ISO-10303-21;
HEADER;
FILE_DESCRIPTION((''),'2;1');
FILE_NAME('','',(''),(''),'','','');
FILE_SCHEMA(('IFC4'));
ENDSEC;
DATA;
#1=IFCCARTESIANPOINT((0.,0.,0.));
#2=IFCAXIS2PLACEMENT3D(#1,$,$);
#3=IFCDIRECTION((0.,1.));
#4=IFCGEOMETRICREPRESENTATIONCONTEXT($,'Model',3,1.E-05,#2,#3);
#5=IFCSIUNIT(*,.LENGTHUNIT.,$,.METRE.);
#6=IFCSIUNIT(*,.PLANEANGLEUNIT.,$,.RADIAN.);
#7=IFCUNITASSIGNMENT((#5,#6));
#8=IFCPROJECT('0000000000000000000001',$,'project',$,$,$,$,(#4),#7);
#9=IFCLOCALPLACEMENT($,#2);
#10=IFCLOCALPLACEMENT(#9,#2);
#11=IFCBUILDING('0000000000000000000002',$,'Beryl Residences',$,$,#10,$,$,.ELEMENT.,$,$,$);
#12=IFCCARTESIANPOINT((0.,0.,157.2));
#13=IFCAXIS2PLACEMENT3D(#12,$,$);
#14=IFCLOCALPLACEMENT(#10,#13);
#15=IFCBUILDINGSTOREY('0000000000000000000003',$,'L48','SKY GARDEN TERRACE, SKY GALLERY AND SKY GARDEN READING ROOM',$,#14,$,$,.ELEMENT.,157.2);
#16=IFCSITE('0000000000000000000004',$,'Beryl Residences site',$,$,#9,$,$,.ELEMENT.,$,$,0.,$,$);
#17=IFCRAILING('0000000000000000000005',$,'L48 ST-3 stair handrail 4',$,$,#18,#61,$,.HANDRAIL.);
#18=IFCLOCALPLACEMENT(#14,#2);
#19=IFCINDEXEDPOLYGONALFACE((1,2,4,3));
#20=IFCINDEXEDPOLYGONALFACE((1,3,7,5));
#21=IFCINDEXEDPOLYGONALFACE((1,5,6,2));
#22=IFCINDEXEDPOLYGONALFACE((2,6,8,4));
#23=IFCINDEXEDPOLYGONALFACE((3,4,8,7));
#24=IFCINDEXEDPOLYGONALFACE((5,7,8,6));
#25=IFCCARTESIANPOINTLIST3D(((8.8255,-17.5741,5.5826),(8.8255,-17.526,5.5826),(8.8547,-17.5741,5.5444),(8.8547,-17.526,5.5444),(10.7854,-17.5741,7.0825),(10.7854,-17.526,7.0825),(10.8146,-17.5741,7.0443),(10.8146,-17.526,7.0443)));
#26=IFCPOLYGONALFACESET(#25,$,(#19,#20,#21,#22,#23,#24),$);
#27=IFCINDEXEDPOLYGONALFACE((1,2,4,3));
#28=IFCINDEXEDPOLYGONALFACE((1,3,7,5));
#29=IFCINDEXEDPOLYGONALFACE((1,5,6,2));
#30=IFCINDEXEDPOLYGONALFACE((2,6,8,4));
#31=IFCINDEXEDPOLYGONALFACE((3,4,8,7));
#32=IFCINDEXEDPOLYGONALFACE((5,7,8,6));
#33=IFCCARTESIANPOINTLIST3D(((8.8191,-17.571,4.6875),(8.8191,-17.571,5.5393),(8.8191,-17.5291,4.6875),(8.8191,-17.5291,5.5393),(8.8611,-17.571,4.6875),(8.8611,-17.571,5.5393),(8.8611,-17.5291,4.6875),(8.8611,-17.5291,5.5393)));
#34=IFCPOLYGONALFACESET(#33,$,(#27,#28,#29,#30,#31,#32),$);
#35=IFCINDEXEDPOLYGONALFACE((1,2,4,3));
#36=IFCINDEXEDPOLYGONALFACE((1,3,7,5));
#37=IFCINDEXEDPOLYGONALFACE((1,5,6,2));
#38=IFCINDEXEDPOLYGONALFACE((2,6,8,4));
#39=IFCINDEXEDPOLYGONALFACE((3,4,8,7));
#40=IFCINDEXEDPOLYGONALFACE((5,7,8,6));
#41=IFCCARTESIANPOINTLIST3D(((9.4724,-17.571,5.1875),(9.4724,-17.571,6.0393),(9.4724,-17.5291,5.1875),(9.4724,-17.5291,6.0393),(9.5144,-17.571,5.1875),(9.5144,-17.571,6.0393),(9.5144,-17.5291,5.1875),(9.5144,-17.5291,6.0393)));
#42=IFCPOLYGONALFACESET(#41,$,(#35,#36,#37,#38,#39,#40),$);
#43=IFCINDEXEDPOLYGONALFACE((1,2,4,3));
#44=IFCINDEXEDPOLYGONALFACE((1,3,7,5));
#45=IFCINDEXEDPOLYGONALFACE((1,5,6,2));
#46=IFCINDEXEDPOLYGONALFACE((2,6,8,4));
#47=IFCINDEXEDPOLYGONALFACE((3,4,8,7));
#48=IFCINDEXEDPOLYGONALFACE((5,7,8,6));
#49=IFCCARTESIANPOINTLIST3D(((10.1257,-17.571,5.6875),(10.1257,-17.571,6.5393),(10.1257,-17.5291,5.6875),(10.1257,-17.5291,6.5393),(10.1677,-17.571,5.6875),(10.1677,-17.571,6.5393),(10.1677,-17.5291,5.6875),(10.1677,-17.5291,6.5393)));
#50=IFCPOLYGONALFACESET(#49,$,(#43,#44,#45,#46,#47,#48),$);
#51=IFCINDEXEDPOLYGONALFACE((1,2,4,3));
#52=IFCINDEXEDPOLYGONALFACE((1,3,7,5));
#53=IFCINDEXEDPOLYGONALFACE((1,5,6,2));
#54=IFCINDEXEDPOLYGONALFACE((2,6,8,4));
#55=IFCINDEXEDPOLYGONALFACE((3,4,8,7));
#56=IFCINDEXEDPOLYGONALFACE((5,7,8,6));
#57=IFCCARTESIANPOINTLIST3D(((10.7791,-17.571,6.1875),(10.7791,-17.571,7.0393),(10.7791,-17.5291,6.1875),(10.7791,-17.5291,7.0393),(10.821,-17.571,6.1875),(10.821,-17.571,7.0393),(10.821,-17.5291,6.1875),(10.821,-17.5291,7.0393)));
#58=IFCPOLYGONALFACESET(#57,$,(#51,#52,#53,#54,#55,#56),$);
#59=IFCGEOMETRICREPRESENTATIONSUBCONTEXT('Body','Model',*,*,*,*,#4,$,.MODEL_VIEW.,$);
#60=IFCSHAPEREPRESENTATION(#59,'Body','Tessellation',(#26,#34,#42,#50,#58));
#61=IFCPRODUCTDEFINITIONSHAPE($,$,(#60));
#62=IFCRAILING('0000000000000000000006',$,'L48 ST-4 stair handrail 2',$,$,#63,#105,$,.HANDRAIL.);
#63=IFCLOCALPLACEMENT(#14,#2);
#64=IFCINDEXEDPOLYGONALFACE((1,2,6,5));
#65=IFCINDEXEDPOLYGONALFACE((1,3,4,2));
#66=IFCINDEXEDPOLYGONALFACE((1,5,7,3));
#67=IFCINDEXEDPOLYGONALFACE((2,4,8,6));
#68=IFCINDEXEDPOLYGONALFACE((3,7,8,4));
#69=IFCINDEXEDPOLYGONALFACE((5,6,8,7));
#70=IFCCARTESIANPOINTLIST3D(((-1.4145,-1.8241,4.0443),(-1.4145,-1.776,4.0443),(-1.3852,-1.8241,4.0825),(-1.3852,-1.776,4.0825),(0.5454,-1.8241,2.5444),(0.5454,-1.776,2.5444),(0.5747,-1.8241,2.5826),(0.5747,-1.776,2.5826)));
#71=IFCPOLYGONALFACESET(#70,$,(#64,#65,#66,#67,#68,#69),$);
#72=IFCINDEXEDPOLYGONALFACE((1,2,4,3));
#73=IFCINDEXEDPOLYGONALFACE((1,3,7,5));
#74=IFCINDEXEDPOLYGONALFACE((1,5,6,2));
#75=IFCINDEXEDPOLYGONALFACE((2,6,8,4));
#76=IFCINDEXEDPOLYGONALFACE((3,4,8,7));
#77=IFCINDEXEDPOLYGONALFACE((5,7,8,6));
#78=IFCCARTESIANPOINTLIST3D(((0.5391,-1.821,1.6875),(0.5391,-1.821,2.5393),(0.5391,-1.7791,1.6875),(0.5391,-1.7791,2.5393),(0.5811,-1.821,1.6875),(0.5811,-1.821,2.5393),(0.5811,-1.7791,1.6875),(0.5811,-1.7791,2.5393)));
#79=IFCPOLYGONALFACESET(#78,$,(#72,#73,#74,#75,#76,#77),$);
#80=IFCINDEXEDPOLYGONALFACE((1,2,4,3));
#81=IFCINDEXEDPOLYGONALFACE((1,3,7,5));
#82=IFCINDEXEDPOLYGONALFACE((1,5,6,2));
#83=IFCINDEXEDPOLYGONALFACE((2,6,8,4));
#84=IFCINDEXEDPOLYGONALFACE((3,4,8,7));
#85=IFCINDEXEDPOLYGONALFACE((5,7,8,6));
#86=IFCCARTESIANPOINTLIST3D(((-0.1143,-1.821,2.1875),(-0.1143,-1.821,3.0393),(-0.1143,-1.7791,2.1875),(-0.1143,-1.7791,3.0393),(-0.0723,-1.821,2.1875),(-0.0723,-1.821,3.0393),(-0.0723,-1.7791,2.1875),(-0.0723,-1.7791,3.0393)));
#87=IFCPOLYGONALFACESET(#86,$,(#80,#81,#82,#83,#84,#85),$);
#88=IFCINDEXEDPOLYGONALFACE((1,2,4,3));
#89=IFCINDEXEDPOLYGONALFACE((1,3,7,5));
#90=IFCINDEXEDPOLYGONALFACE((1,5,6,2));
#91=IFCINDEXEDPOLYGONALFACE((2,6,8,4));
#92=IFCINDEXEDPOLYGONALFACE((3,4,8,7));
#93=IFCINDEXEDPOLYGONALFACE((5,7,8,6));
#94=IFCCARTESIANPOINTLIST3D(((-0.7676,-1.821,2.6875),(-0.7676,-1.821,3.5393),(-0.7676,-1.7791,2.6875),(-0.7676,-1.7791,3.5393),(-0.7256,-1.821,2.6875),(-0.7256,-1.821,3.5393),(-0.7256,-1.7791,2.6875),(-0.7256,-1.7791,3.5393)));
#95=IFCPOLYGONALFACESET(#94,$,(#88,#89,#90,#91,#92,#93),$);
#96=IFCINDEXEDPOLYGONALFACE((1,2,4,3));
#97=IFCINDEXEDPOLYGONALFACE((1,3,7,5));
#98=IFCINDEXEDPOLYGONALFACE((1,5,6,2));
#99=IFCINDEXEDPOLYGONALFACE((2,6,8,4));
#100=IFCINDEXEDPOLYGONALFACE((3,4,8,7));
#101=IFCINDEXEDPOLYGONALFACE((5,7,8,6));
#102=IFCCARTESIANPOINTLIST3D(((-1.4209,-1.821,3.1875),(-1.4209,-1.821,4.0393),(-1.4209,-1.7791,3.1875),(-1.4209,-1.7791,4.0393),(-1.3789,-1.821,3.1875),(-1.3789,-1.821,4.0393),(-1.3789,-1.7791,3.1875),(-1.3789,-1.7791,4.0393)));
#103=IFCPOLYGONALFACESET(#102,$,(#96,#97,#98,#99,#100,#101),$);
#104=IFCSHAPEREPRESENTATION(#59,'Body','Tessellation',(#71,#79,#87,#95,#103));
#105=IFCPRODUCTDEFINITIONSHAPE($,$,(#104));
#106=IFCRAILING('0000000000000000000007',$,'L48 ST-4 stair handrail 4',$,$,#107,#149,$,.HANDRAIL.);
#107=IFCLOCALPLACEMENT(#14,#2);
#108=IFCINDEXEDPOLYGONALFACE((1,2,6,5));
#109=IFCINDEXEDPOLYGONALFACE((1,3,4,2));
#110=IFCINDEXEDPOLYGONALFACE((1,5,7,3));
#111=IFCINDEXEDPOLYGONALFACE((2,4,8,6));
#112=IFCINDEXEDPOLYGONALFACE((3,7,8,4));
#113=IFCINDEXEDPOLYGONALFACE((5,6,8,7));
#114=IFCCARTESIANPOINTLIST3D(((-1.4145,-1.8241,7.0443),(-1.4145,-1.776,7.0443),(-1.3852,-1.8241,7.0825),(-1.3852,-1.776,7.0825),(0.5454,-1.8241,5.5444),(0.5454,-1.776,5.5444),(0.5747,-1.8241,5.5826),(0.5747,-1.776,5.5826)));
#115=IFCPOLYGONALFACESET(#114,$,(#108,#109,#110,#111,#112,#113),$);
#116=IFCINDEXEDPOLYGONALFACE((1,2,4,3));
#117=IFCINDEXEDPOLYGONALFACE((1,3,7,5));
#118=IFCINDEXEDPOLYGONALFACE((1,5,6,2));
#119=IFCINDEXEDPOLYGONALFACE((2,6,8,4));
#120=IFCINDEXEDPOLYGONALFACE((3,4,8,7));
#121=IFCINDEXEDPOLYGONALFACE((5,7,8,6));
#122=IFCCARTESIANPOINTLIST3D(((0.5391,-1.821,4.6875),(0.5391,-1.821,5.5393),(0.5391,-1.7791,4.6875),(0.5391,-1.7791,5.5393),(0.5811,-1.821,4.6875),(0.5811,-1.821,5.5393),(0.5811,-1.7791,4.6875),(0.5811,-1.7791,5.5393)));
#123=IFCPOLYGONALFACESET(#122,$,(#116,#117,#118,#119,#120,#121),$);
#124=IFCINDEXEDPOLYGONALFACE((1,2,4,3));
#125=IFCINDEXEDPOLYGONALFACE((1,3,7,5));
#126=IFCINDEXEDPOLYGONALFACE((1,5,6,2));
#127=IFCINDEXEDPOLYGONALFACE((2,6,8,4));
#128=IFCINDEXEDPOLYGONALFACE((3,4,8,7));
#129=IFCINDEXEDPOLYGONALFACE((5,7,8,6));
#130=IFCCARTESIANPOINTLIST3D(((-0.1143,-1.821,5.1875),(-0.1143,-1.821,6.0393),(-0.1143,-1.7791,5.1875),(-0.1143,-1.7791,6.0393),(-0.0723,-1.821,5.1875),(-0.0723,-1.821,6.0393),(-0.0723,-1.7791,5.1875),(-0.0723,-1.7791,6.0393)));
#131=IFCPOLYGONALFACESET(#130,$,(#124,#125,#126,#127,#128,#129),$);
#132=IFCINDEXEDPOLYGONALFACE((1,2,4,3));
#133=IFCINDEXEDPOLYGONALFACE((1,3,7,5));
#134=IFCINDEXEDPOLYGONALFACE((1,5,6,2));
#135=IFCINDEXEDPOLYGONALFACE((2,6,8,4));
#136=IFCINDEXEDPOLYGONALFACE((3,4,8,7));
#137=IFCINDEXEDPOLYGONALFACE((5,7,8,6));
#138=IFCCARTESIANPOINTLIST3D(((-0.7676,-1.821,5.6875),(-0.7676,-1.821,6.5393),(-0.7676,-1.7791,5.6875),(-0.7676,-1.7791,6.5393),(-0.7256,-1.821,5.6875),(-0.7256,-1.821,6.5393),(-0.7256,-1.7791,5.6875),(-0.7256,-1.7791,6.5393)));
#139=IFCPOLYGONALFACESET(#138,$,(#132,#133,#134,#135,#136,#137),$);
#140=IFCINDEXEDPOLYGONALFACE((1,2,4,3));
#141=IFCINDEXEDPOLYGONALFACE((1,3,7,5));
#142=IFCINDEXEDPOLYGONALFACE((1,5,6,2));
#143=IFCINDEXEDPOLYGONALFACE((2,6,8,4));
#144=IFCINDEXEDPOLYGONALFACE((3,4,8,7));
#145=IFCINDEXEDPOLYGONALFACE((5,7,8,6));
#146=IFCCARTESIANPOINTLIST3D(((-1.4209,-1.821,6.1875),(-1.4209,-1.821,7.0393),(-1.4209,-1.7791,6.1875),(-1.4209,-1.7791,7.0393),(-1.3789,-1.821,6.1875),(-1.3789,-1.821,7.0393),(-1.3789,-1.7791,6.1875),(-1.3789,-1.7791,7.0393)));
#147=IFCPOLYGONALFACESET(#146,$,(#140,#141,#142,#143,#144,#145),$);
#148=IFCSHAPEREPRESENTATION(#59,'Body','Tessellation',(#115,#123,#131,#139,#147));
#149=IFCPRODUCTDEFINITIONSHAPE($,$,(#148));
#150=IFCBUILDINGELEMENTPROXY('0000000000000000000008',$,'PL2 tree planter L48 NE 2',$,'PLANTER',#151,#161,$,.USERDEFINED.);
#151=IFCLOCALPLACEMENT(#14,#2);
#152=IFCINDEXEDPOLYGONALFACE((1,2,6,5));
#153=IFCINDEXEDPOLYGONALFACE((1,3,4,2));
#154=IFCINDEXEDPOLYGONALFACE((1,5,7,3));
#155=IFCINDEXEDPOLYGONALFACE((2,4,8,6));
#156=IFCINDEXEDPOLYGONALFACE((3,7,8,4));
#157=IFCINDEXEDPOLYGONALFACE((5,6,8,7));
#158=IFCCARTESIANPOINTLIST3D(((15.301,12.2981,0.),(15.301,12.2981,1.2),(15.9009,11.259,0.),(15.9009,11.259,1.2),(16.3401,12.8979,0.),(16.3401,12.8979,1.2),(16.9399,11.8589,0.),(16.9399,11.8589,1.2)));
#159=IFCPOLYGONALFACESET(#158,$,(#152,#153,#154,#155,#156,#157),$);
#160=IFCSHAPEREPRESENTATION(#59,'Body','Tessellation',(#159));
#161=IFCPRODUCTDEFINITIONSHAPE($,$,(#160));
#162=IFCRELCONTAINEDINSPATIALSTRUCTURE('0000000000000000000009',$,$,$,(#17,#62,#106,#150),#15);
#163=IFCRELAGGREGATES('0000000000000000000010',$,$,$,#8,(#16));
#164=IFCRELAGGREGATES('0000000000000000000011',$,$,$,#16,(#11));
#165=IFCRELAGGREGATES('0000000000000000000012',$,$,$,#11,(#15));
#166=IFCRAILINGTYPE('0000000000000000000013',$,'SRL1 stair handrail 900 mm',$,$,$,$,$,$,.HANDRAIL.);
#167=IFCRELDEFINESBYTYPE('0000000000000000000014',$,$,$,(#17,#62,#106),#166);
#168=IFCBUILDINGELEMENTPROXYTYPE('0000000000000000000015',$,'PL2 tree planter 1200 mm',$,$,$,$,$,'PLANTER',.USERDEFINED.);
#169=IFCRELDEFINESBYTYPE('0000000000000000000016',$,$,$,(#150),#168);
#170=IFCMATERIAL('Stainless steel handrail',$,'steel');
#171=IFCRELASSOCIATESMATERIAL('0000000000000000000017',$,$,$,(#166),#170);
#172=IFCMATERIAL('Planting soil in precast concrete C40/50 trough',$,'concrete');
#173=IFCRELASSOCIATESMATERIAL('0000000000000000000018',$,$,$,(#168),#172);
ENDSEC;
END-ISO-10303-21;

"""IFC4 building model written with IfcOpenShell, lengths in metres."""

from ifc_helpers import new_model, si_unit, direction, frame, origin, origin_2d, place, context, subcontext, project, spatial, polyline, rectangle, outline, extrude, material, type_object, element, save


model = new_model("IFC4")

# Units and contexts
model_context = context("Model", 3, precision=1e-05, world=origin(), true_north=direction((0.0, 1.0)))
body_context = subcontext(model_context, "Body", "Model", "MODEL_VIEW")
ifc_project = project(units=[si_unit("LENGTHUNIT", "METRE"), si_unit("PLANEANGLEUNIT", "RADIAN")], contexts=[model_context])

# Site, building, storey
site_placement = place(None, origin())
site = spatial("IfcSite", under=ifc_project, at=site_placement, Name="Beryl Residences site", CompositionType="ELEMENT", RefElevation=0.0)
building_placement = place(site_placement, origin())
building = spatial("IfcBuilding", under=site, at=building_placement, Name="Beryl Residences", CompositionType="ELEMENT")
storey_placement = place(building_placement, frame((0.0, 0.0, 157.2)))
storey = spatial("IfcBuildingStorey", under=building, at=storey_placement, Name="L48", Description="SKY GARDEN TERRACE, SKY GALLERY AND SKY GARDEN READING ROOM", CompositionType="ELEMENT", Elevation=157.2)

# Railings
ifc_material_1 = material(Name="Stainless steel handrail", Category="steel")
railing_type_1 = type_object("IfcRailingType", Name="SRL1 stair handrail 900 mm", PredefinedType="HANDRAIL", material=ifc_material_1)
railing_1_placement = place(storey_placement, frame((8.8401, -17.55, 4.6875)))
element("IfcRailing", 1, at=railing_1_placement, inside=storey, type_object=railing_type_1, Name="L48 ST-3 stair handrail 4", PredefinedType="HANDRAIL", context=body_context, shape_type="SweptSolid", body=[
    extrude(rectangle(XDim=0.0481, YDim=0.0481, at=origin_2d()), frame((0.0, 0.0, 0.876), z_axis=(0.794122, 0.0, 0.607758), x_axis=(0.0, 1.0, 0.0)), (0.0, 0.0, 1.0), 2.468),
    extrude(rectangle(XDim=0.042, YDim=0.042, at=origin_2d()), origin(), (0.0, 0.0, 1.0), 0.8518),
    extrude(rectangle(XDim=0.042, YDim=0.042, at=origin_2d()), frame((0.6533, 0.0, 0.5)), (0.0, 0.0, 1.0), 0.8518),
    extrude(rectangle(XDim=0.042, YDim=0.042, at=origin_2d()), frame((1.3066, 0.0, 1.0)), (0.0, 0.0, 1.0), 0.8518),
    extrude(rectangle(XDim=0.042, YDim=0.042, at=origin_2d()), frame((1.96, 0.0, 1.5)), (0.0, 0.0, 1.0), 0.8518),
])
for number, where, name in (
    (2, (0.5601, -1.8, 1.6875), "L48 ST-4 stair handrail 2"),
    (3, (0.5601, -1.8, 4.6875), "L48 ST-4 stair handrail 4"),
):
    element("IfcRailing", number, at=place(storey_placement, frame(where)), inside=storey, type_object=railing_type_1, Name=name, PredefinedType="HANDRAIL", context=body_context, shape_type="SweptSolid", body=[
        extrude(rectangle(XDim=0.0481, YDim=0.0481, at=origin_2d()), frame((0.0, 0.0, 0.876), z_axis=(-0.794122, 0.0, 0.607758), x_axis=(0.0, -1.0, 0.0)), (0.0, 0.0, 1.0), 2.468),
        extrude(rectangle(XDim=0.042, YDim=0.042, at=origin_2d()), origin(), (0.0, 0.0, 1.0), 0.8518),
        extrude(rectangle(XDim=0.042, YDim=0.042, at=origin_2d()), frame((-0.6533, 0.0, 0.5)), (0.0, 0.0, 1.0), 0.8518),
        extrude(rectangle(XDim=0.042, YDim=0.042, at=origin_2d()), frame((-1.3066, 0.0, 1.0)), (0.0, 0.0, 1.0), 0.8518),
        extrude(rectangle(XDim=0.042, YDim=0.042, at=origin_2d()), frame((-1.96, 0.0, 1.5)), (0.0, 0.0, 1.0), 0.8518),
    ])

# Building element proxy
ifc_material_2 = material(Name="Planting soil in precast concrete C40/50 trough", Category="concrete")
building_element_proxy_type = type_object("IfcBuildingElementProxyType", Name="PL2 tree planter 1200 mm", ElementType="PLANTER", PredefinedType="USERDEFINED", material=ifc_material_2)
proxy_placement = place(storey_placement, origin())
element("IfcBuildingElementProxy", 4, at=proxy_placement, inside=storey, type_object=building_element_proxy_type, Name="PL2 tree planter L48 NE 2", ObjectType="PLANTER", PredefinedType="USERDEFINED", context=body_context, shape_type="SweptSolid", body=[
    extrude(outline(polyline([(16.9399, 11.8589), (16.3401, 12.8979), (15.301, 12.2981), (15.9009, 11.259), (16.9399, 11.8589)])), origin(), (0.0, 0.0, 1.0), 1.2),
])

save(model, "model.ifc")
